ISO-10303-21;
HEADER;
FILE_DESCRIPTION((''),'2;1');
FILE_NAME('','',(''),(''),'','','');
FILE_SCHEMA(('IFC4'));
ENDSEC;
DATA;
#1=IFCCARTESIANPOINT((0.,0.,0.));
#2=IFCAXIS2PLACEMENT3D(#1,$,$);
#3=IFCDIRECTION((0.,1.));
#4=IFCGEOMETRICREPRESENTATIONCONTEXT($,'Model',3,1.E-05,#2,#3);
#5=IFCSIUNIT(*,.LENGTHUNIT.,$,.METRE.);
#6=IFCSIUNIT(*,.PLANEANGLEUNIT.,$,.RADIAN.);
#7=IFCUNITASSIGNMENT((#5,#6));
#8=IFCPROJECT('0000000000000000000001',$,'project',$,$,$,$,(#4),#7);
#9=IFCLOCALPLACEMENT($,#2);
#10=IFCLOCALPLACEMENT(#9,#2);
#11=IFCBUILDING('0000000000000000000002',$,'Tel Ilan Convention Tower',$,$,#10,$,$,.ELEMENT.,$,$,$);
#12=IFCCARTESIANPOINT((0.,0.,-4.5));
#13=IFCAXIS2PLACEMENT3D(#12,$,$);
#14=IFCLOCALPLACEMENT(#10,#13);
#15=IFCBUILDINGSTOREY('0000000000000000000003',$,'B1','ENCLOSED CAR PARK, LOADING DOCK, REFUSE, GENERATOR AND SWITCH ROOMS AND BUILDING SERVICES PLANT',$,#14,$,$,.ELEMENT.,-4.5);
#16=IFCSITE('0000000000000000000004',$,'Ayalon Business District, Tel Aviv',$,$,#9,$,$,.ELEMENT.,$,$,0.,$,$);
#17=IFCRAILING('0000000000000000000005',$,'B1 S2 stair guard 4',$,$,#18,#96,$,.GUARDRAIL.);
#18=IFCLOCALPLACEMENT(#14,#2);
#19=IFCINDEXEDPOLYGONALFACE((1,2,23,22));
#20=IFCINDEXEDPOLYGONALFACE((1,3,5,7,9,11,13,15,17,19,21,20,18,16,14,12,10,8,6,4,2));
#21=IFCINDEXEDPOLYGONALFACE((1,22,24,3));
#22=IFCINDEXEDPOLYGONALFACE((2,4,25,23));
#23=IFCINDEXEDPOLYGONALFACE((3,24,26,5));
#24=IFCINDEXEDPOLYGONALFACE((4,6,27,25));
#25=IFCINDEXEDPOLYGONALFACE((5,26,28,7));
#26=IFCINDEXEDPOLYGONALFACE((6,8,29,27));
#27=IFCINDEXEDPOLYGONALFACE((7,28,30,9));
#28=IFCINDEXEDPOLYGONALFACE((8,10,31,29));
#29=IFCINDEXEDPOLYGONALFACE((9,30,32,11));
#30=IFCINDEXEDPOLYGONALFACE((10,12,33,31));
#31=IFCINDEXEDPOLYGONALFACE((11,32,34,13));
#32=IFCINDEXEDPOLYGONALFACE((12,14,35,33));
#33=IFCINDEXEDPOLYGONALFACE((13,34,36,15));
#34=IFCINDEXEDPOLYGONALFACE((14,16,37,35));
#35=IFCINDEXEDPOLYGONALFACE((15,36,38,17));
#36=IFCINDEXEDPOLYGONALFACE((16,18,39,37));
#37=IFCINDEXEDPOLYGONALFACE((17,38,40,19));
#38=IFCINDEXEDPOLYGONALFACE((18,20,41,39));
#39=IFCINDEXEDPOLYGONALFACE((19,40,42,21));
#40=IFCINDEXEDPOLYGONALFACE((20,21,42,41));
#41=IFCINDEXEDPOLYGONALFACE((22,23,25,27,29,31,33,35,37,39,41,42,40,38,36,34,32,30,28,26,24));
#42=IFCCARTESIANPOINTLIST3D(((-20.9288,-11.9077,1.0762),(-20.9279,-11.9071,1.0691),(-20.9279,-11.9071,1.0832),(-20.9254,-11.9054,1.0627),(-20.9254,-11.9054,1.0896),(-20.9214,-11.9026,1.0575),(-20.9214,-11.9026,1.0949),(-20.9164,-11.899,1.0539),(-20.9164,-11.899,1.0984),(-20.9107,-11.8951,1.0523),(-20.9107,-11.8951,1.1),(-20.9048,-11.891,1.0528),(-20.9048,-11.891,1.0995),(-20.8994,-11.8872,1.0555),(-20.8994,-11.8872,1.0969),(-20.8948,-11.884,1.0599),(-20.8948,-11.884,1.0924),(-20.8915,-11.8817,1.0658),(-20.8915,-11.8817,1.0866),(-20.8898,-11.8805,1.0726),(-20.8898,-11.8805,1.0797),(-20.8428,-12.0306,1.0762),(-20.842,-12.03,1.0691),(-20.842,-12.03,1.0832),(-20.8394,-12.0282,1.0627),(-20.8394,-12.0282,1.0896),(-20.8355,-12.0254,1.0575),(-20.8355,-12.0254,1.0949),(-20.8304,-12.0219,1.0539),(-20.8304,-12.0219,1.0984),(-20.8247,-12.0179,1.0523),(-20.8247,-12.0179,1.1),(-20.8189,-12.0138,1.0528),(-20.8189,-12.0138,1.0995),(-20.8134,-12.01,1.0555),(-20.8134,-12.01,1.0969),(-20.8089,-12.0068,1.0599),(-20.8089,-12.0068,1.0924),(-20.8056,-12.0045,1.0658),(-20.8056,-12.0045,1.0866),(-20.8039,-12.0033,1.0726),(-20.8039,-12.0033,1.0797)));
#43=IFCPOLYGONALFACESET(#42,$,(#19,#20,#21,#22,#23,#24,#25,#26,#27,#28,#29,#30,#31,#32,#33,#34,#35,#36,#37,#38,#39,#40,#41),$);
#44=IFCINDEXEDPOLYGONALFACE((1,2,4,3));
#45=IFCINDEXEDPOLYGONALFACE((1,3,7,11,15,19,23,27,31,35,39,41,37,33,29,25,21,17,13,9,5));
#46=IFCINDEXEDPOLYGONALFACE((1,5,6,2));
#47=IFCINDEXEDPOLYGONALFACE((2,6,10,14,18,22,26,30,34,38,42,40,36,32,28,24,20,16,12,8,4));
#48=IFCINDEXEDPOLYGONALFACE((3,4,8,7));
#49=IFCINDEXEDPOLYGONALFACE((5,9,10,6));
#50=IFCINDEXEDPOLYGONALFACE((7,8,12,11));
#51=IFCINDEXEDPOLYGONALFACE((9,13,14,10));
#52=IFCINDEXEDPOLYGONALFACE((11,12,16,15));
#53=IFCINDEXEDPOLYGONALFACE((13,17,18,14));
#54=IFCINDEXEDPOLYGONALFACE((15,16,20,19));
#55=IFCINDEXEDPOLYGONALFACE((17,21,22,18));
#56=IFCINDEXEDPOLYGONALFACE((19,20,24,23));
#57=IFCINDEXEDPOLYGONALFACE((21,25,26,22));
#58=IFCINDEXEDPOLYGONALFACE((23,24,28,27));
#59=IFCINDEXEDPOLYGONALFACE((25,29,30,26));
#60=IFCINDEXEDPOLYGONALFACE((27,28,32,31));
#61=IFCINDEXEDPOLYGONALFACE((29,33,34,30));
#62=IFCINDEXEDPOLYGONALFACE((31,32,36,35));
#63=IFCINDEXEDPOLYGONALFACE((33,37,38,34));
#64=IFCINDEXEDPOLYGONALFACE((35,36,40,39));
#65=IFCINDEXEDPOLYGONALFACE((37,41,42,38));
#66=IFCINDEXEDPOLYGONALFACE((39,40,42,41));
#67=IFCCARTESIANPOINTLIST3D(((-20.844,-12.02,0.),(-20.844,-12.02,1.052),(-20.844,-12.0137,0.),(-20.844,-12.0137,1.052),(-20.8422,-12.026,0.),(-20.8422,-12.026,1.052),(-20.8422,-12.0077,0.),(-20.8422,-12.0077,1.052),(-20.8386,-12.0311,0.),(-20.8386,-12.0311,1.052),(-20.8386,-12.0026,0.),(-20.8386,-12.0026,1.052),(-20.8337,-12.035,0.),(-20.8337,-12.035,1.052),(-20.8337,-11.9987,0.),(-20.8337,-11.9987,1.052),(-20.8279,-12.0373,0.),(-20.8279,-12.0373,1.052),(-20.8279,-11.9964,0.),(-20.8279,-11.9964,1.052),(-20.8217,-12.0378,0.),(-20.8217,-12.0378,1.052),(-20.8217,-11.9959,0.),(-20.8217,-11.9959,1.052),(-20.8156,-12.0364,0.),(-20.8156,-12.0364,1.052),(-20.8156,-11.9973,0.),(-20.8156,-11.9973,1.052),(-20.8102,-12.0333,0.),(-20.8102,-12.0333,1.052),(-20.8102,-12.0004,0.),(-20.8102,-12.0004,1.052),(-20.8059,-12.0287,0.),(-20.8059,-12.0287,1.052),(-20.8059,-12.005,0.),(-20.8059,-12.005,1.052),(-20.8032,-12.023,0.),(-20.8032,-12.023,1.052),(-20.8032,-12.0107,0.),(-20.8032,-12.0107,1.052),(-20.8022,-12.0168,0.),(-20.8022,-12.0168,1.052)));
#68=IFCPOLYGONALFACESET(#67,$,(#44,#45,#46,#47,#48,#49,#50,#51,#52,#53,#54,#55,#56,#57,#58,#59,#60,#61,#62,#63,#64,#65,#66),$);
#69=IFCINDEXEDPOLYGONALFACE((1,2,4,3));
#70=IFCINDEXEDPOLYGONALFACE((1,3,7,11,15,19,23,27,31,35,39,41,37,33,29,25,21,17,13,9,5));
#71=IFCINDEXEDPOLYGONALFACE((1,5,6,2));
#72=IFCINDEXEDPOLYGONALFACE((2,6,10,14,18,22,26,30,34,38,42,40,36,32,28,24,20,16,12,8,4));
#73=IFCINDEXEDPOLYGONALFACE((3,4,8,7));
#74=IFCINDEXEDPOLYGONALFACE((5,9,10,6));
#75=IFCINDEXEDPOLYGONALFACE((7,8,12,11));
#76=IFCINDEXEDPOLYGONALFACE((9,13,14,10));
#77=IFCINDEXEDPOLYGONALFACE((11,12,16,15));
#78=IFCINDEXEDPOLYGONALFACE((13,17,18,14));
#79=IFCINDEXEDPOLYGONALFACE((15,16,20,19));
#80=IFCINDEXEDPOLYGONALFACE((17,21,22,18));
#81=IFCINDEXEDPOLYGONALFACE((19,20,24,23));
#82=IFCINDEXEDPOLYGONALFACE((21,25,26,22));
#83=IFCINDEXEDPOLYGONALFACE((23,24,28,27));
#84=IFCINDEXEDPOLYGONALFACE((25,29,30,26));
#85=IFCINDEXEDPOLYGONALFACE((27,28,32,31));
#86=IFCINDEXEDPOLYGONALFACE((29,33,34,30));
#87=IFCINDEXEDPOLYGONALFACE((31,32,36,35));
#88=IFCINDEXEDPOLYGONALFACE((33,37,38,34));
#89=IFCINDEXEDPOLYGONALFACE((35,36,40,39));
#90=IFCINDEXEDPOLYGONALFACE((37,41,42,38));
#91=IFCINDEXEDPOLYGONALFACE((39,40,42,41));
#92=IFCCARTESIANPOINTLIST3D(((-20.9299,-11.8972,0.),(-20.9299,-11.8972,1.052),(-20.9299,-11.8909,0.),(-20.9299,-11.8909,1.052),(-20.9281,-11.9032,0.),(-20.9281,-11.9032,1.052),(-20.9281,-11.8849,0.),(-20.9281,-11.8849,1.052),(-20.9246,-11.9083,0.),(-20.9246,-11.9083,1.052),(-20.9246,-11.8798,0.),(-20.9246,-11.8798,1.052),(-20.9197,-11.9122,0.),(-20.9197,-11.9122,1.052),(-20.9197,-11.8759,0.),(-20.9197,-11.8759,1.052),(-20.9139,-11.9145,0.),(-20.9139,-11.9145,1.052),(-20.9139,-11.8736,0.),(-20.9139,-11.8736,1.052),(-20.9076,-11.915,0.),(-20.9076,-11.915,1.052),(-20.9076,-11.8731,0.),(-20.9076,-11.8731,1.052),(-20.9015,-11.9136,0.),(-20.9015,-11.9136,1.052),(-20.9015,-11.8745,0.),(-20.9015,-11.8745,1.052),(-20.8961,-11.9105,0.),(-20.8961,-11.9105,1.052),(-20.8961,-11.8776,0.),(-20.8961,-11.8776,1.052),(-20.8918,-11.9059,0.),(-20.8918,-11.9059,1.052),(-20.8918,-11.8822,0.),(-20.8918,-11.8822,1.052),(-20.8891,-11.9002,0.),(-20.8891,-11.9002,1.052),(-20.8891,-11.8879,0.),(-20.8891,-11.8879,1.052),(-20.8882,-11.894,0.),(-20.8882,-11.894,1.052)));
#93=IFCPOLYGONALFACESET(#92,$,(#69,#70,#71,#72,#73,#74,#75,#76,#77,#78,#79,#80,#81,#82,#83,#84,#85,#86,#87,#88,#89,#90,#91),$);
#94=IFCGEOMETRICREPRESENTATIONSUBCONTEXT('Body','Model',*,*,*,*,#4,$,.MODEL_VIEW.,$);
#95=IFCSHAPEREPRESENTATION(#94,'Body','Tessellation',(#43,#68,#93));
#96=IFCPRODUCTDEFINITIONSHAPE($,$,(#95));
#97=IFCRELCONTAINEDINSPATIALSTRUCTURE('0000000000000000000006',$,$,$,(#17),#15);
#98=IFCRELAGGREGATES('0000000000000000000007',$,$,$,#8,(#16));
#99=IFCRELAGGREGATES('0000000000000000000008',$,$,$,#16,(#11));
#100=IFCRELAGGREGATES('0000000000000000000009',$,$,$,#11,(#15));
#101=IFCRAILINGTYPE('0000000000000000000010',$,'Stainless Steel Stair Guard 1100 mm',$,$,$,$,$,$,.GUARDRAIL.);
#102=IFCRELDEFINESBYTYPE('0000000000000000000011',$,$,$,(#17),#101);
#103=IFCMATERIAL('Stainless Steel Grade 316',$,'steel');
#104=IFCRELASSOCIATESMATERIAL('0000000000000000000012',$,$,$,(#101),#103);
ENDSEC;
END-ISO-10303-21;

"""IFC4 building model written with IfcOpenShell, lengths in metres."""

from ifc_helpers import new_model, si_unit, direction, frame, origin, origin_2d, place, context, subcontext, project, spatial, circle, extrude, material, type_object, element, save


model = new_model("IFC4")

# Units and contexts
model_context = context("Model", 3, precision=1e-05, world=origin(), true_north=direction((0.0, 1.0)))
body_context = subcontext(model_context, "Body", "Model", "MODEL_VIEW")
ifc_project = project(units=[si_unit("LENGTHUNIT", "METRE"), si_unit("PLANEANGLEUNIT", "RADIAN")], contexts=[model_context])

# Site, building, storey
site_placement = place(None, origin())
site = spatial("IfcSite", under=ifc_project, at=site_placement, Name="Ayalon Business District, Tel Aviv", CompositionType="ELEMENT", RefElevation=0.0)
building_placement = place(site_placement, origin())
building = spatial("IfcBuilding", under=site, at=building_placement, Name="Tel Ilan Convention Tower", CompositionType="ELEMENT")
storey_placement = place(building_placement, frame((0.0, 0.0, -4.5)))
storey = spatial("IfcBuildingStorey", under=building, at=storey_placement, Name="B1", Description="ENCLOSED CAR PARK, LOADING DOCK, REFUSE, GENERATOR AND SWITCH ROOMS AND BUILDING SERVICES PLANT", CompositionType="ELEMENT", Elevation=-4.5)

# Railing
ifc_material_1 = material(Name="Stainless Steel Grade 316", Category="steel")
railing_type_1 = type_object("IfcRailingType", Name="Stainless Steel Stair Guard 1100 mm", PredefinedType="GUARDRAIL", material=ifc_material_1)
railing_1_placement = place(storey_placement, frame((-20.8232, -12.0168, 0.0)))
element("IfcRailing", 1, at=railing_1_placement, inside=storey, type_object=railing_type_1, Name="B1 S2 stair guard 4", PredefinedType="GUARDRAIL", context=body_context, shape_type="SweptSolid", body=[
    extrude(circle(Radius=0.0239, at=origin_2d()), frame((0.0, 0.0, 1.0762), z_axis=(-0.573353, 0.819308, 0.0), x_axis=(-0.819308, -0.573353, 0.0)), (0.0, 0.0, 1.0), 0.1499),
    extrude(circle(Radius=0.021, at=origin_2d()), origin(), (0.0, 0.0, 1.0), 1.052),
    extrude(circle(Radius=0.021, at=origin_2d()), frame((-0.0859, 0.1228, 0.0)), (0.0, 0.0, 1.0), 1.052),
])

save(model, "model.ifc")
